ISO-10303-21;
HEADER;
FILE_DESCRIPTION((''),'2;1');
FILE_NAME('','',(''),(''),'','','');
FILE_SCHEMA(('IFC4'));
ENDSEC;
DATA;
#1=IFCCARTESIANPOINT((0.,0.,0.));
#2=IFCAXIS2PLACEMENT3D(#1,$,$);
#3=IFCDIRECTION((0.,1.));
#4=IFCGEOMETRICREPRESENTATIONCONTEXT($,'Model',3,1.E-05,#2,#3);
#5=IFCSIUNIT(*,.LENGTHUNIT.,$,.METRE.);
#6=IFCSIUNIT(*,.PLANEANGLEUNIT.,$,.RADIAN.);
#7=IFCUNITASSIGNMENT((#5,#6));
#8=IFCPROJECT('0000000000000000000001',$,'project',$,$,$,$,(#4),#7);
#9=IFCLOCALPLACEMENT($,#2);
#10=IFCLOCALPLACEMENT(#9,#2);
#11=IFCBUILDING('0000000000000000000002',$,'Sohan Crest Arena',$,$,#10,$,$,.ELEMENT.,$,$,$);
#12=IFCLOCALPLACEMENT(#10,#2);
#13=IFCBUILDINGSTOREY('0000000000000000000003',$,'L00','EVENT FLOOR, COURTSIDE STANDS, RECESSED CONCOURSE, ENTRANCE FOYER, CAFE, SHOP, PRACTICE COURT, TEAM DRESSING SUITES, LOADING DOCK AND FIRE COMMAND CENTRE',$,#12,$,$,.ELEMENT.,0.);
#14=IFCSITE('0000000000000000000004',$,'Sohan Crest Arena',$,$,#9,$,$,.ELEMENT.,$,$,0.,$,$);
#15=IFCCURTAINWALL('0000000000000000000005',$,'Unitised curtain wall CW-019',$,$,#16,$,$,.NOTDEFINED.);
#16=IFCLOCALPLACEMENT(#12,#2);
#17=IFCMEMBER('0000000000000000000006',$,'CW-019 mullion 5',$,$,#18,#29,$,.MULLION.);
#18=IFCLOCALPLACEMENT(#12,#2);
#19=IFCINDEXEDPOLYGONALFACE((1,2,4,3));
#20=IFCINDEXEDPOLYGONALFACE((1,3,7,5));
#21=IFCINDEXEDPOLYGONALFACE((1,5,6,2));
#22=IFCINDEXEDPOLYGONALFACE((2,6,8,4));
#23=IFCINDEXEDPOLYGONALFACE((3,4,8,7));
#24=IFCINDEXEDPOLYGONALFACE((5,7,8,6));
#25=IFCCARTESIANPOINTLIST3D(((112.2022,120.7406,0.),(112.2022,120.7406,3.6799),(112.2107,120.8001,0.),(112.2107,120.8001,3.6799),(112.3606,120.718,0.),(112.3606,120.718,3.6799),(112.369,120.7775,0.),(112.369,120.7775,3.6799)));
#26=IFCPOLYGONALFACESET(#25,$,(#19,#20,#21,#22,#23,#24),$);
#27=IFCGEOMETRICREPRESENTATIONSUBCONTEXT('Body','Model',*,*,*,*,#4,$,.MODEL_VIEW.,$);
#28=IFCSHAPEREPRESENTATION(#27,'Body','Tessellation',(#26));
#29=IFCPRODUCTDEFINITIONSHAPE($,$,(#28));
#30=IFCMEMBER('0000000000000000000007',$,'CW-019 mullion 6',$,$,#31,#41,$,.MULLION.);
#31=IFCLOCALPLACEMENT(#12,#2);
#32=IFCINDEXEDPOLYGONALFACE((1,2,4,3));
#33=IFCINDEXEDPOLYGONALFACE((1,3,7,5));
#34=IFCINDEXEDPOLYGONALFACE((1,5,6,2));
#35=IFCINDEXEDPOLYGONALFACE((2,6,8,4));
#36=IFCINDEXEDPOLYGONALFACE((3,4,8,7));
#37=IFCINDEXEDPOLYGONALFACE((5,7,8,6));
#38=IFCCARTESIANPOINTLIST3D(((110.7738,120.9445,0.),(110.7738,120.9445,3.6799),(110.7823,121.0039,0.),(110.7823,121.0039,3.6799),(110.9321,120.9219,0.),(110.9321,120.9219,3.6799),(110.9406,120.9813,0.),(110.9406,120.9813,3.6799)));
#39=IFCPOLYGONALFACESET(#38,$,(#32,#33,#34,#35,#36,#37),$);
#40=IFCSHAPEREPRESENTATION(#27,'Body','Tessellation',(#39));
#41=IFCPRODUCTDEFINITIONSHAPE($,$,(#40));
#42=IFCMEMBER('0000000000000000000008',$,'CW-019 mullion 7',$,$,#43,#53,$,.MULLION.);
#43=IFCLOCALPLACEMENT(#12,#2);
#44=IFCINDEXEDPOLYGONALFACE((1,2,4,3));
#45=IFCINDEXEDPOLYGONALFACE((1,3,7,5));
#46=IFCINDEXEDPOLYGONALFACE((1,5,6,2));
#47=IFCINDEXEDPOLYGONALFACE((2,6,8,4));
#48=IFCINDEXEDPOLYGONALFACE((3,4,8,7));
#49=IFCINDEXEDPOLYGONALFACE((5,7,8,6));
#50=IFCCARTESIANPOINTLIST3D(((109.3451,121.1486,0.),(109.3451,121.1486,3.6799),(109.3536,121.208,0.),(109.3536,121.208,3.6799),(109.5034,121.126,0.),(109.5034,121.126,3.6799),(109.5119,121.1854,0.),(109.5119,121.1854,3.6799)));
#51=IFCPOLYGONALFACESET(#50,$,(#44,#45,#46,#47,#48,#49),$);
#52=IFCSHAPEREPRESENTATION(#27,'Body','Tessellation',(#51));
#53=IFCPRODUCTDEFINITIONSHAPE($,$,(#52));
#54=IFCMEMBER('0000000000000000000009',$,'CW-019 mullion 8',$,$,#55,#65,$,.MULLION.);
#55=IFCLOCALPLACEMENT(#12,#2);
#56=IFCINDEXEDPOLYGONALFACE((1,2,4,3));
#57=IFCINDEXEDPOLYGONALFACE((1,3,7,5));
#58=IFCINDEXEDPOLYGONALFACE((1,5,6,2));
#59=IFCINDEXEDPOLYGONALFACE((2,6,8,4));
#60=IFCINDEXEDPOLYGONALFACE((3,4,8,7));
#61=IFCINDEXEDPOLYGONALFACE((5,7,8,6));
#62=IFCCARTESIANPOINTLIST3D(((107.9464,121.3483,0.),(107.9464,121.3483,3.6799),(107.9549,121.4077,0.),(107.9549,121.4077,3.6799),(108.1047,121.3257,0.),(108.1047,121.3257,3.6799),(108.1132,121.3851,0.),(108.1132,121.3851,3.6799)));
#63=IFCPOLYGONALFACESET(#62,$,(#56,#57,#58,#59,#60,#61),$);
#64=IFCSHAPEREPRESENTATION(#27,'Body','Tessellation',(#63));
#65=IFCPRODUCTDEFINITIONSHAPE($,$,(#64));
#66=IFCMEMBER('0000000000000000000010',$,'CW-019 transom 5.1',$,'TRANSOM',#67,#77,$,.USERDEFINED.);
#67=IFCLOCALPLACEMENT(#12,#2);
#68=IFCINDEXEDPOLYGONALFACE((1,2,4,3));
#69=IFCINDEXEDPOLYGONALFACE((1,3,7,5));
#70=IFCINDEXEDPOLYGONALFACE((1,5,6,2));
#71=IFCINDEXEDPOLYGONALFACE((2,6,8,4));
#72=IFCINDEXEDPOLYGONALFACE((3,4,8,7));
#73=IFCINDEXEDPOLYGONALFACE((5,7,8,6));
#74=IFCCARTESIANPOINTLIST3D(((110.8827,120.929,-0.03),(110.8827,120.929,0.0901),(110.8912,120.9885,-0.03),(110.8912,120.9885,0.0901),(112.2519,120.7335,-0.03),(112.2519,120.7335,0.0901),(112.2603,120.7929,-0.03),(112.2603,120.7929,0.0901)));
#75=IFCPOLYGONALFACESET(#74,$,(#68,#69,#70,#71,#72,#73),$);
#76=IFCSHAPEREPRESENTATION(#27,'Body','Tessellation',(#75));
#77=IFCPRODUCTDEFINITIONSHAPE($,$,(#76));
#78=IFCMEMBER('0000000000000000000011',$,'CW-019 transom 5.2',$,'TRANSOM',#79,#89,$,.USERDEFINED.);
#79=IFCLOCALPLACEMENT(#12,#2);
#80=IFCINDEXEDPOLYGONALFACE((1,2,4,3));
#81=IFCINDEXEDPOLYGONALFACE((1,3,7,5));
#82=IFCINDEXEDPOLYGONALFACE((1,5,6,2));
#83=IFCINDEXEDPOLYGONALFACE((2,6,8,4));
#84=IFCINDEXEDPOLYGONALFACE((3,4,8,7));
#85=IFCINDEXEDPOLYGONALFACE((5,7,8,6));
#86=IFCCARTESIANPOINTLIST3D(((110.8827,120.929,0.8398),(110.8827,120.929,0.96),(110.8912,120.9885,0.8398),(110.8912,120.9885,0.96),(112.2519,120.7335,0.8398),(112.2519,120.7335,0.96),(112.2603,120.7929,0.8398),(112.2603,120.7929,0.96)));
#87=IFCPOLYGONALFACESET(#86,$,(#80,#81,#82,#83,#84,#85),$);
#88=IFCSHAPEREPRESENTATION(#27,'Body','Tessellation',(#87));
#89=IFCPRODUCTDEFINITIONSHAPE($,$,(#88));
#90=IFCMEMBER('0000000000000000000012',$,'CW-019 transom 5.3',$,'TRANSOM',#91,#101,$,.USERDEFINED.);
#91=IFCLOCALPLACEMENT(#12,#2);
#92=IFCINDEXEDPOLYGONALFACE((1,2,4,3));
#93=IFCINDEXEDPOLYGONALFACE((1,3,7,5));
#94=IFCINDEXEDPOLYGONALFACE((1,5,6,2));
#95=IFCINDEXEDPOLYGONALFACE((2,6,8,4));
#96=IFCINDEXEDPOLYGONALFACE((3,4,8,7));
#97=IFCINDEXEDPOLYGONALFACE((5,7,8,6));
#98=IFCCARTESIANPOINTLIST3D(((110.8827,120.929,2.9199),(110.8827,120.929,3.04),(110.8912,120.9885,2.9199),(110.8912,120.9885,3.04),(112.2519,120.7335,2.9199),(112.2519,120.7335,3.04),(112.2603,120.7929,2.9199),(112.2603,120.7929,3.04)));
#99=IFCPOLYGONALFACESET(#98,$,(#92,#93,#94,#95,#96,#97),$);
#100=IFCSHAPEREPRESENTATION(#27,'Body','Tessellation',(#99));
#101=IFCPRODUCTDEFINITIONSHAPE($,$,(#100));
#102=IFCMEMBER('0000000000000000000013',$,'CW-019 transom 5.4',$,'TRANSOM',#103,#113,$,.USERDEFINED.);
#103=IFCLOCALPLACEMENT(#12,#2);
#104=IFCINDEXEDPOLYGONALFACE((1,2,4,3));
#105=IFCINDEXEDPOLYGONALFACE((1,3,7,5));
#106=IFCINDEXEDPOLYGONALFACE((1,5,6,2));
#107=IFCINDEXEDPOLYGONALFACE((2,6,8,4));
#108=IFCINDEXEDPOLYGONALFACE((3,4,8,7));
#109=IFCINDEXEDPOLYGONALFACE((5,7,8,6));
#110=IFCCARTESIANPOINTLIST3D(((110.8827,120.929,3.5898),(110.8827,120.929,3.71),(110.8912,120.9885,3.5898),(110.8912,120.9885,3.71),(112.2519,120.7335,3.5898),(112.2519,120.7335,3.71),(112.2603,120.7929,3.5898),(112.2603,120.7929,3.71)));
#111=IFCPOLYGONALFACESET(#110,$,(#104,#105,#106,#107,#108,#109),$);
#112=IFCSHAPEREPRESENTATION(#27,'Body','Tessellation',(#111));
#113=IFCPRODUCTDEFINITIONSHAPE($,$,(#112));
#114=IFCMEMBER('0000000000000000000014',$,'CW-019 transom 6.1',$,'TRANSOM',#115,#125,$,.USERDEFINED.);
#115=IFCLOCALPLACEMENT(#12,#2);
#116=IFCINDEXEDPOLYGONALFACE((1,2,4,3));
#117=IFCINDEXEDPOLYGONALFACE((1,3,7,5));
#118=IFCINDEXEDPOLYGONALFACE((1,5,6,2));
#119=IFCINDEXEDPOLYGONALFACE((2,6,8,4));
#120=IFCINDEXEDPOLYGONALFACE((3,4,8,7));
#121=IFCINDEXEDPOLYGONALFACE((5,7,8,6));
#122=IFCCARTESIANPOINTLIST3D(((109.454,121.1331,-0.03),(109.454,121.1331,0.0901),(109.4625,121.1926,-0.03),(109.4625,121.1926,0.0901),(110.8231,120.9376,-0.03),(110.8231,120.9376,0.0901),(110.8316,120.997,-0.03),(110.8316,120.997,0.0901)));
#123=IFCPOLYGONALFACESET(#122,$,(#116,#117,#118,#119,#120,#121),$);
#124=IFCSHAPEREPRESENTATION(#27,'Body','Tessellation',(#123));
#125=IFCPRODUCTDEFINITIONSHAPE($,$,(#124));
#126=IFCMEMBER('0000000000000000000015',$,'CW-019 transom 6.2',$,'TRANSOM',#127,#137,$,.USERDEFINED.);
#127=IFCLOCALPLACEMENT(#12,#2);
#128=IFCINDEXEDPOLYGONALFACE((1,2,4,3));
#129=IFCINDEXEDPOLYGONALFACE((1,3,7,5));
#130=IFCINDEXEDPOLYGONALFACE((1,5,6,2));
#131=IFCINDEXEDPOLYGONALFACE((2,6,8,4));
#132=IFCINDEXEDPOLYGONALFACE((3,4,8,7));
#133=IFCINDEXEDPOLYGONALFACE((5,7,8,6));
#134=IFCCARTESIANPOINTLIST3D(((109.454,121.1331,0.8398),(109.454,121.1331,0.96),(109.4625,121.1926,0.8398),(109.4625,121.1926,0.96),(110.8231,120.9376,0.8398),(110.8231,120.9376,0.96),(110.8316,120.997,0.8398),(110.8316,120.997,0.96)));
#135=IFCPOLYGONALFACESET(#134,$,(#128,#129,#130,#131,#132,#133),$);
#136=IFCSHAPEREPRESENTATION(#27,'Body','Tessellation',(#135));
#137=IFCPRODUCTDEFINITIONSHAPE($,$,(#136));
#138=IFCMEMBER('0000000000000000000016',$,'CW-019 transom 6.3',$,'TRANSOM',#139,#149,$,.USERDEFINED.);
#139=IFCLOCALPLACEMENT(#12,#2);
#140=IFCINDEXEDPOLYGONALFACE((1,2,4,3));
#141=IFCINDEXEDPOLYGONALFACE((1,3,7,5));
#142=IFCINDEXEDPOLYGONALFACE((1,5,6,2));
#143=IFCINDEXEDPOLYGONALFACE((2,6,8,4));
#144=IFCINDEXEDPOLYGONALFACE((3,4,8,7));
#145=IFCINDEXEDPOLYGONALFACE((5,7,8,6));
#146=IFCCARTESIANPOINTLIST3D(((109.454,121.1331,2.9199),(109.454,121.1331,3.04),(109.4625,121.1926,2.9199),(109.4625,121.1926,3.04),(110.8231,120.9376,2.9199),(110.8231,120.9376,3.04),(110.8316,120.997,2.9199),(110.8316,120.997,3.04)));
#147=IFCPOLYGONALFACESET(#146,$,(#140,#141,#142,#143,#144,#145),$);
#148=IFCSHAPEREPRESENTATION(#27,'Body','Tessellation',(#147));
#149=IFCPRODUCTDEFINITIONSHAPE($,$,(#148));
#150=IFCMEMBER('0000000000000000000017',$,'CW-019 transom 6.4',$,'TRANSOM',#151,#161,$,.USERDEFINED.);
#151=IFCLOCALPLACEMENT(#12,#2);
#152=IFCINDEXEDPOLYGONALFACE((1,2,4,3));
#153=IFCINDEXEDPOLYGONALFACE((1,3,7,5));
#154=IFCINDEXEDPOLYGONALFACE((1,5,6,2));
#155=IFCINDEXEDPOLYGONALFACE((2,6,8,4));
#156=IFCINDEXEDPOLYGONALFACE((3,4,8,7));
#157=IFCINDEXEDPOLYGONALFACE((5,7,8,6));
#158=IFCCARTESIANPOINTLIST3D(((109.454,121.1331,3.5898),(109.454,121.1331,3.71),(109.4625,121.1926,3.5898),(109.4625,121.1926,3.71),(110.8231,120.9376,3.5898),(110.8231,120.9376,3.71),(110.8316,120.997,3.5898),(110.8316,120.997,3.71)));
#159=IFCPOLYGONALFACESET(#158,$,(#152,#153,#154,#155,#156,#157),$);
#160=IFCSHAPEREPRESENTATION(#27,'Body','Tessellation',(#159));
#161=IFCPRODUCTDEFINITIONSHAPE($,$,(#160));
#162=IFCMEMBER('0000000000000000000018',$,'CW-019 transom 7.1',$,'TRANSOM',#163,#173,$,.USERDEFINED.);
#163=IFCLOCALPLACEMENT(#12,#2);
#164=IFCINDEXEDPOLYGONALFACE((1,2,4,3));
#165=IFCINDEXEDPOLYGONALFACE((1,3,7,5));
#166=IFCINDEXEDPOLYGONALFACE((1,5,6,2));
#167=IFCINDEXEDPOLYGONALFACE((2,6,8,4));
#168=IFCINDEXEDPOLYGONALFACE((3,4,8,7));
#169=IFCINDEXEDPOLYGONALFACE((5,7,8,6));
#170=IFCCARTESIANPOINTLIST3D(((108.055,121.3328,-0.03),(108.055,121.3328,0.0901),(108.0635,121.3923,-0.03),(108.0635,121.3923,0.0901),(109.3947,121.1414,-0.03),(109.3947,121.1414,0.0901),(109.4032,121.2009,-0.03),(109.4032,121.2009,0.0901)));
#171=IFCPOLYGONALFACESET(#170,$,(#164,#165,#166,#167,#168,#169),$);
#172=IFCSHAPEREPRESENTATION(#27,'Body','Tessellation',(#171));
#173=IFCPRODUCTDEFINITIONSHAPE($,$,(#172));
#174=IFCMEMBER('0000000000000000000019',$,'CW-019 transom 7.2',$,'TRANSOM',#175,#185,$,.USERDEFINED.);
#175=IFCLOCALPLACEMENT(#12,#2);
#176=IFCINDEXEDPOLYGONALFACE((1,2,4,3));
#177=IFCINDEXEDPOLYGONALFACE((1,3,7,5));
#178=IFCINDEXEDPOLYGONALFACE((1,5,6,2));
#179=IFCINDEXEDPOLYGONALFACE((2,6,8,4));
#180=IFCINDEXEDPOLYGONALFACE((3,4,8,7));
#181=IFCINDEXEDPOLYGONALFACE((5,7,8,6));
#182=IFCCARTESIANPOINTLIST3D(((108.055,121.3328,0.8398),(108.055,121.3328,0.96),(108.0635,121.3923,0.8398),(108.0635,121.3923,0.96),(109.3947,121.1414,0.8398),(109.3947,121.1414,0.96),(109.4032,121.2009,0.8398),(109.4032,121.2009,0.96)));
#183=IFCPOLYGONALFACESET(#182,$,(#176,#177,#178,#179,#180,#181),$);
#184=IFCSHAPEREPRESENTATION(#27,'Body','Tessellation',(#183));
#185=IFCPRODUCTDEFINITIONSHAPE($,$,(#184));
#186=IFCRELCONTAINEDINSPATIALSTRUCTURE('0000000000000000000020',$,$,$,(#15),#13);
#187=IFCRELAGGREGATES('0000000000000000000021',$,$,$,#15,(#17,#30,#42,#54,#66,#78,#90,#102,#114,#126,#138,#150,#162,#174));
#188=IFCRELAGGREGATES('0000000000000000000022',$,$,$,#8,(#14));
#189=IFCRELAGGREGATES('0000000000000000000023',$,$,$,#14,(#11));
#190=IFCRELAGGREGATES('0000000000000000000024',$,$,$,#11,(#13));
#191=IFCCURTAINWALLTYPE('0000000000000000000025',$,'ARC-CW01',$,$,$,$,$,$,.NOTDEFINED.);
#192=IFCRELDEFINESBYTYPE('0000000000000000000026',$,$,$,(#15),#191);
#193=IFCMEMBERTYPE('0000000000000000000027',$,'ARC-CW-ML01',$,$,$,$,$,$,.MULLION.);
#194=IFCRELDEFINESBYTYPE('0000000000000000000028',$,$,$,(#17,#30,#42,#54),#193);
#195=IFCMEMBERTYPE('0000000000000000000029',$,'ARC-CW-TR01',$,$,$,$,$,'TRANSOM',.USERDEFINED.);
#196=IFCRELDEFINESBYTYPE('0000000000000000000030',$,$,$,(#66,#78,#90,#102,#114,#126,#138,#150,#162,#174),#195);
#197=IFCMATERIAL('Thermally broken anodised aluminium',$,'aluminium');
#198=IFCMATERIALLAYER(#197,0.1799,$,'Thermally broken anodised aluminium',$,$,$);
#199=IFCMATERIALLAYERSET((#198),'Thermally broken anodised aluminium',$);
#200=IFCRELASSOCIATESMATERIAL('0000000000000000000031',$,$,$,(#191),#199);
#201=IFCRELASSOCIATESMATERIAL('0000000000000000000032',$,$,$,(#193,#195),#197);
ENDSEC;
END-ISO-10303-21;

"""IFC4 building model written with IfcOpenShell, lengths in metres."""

from ifc_helpers import new_model, si_unit, direction, frame, origin, origin_2d, place, context, subcontext, project, spatial, rectangle, extrude, material, layer, layer_set, material_profile, profile_set, type_object, element, aggregate, save


model = new_model("IFC4")

# Units and contexts
model_context = context("Model", 3, precision=1e-05, world=origin(), true_north=direction((0.0, 1.0)))
body_context = subcontext(model_context, "Body", "Model", "MODEL_VIEW")
ifc_project = project(units=[si_unit("LENGTHUNIT", "METRE"), si_unit("PLANEANGLEUNIT", "RADIAN")], contexts=[model_context])

# Site, building, storey
site_placement = place(None, origin())
site = spatial("IfcSite", under=ifc_project, at=site_placement, Name="Sohan Crest Arena", CompositionType="ELEMENT", RefElevation=0.0)
building_placement = place(site_placement, origin())
building = spatial("IfcBuilding", under=site, at=building_placement, Name="Sohan Crest Arena", CompositionType="ELEMENT")
storey_placement = place(building_placement, origin())
storey = spatial("IfcBuildingStorey", under=building, at=storey_placement, Name="L00", Description="EVENT FLOOR, COURTSIDE STANDS, RECESSED CONCOURSE, ENTRANCE FOYER, CAFE, SHOP, PRACTICE COURT, TEAM DRESSING SUITES, LOADING DOCK AND FIRE COMMAND CENTRE", CompositionType="ELEMENT", Elevation=0.0)

# Curtain wall, members
ifc_material_1 = material(Name="Thermally broken anodised aluminium", Category="aluminium")
ifc_layer_1 = layer(ifc_material_1, 0.1799, Name="Thermally broken anodised aluminium")
ifc_layer_set_1 = layer_set([ifc_layer_1], Name="Thermally broken anodised aluminium")
curtain_wall_type = type_object("IfcCurtainWallType", Name="ARC-CW01", PredefinedType="NOTDEFINED", material=ifc_layer_set_1)
curtain_wall_placement = place(storey_placement, origin())
curtain_wall = element("IfcCurtainWall", 1, at=curtain_wall_placement, inside=storey, type_object=curtain_wall_type, Name="Unitised curtain wall CW-019", PredefinedType="NOTDEFINED")
ifc_material_profile_1 = material_profile(ifc_material_1, rectangle(XDim=0.0601, YDim=0.1599, at=origin_2d()), Name="ALU-MULL 60x160")
ifc_profile_set_1 = profile_set([ifc_material_profile_1], Name="Thermally broken anodised aluminium")
member_type_1 = type_object("IfcMemberType", Name="ARC-CW-ML01", PredefinedType="MULLION", material=ifc_profile_set_1)
member_1_placement = place(storey_placement, frame((112.2856, 120.759, 0.0), z_axis=(0.0, 0.0, 1.0), x_axis=(-0.141366, -0.989957, 0.0)))
member_1 = element("IfcMember", 2, at=member_1_placement, type_object=member_type_1, Name="CW-019 mullion 5", PredefinedType="MULLION", context=body_context, shape_type="SweptSolid", body=[
    extrude(rectangle(XDim=0.0601, YDim=0.1599, at=origin_2d()), origin(), (0.0, 0.0, 1.0), 3.6799),
])
member_2_placement = place(storey_placement, frame((110.8572, 120.9629, 0.0), z_axis=(0.0, 0.0, 1.0), x_axis=(-0.141366, -0.989957, 0.0)))
member_2 = element("IfcMember", 3, at=member_2_placement, type_object=member_type_1, Name="CW-019 mullion 6", PredefinedType="MULLION", context=body_context, shape_type="SweptSolid", body=[
    extrude(rectangle(XDim=0.0601, YDim=0.1599, at=origin_2d()), origin(), (0.0, 0.0, 1.0), 3.6799),
])
member_3_placement = place(storey_placement, frame((109.4285, 121.167, 0.0), z_axis=(0.0, 0.0, 1.0), x_axis=(-0.141366, -0.989957, 0.0)))
member_3 = element("IfcMember", 4, at=member_3_placement, type_object=member_type_1, Name="CW-019 mullion 7", PredefinedType="MULLION", context=body_context, shape_type="SweptSolid", body=[
    extrude(rectangle(XDim=0.0601, YDim=0.1599, at=origin_2d()), origin(), (0.0, 0.0, 1.0), 3.6799),
])
member_4_placement = place(storey_placement, frame((108.0298, 121.3667, 0.0), z_axis=(0.0, 0.0, 1.0), x_axis=(-0.141366, -0.989957, 0.0)))
member_4 = element("IfcMember", 5, at=member_4_placement, type_object=member_type_1, Name="CW-019 mullion 8", PredefinedType="MULLION", context=body_context, shape_type="SweptSolid", body=[
    extrude(rectangle(XDim=0.0601, YDim=0.1599, at=origin_2d()), origin(), (0.0, 0.0, 1.0), 3.6799),
])
ifc_material_profile_2 = material_profile(ifc_material_1, rectangle(XDim=0.0601, YDim=0.1201, at=origin_2d()), Name="ALU-TRAN 60x120")
ifc_profile_set_2 = profile_set([ifc_material_profile_2], Name="Thermally broken anodised aluminium")
member_type_2 = type_object("IfcMemberType", Name="ARC-CW-TR01", ElementType="TRANSOM", PredefinedType="USERDEFINED", material=ifc_profile_set_2)
member_5_placement = place(storey_placement, frame((112.2561, 120.7632, 0.03), z_axis=(-0.989953, 0.141397, 0.0), x_axis=(-0.141397, -0.989953, 0.0)))
member_5 = element("IfcMember", 6, at=member_5_placement, type_object=member_type_2, Name="CW-019 transom 5.1", ObjectType="TRANSOM", PredefinedType="USERDEFINED", context=body_context, shape_type="SweptSolid", body=[
    extrude(rectangle(XDim=0.0601, YDim=0.1201, at=origin_2d()), origin(), (0.0, 0.0, 1.0), 1.3831),
])
member_6_placement = place(storey_placement, frame((112.2561, 120.7632, 0.8999), z_axis=(-0.989953, 0.141397, 0.0), x_axis=(-0.141397, -0.989953, 0.0)))
member_6 = element("IfcMember", 7, at=member_6_placement, type_object=member_type_2, Name="CW-019 transom 5.2", ObjectType="TRANSOM", PredefinedType="USERDEFINED", context=body_context, shape_type="SweptSolid", body=[
    extrude(rectangle(XDim=0.0601, YDim=0.1201, at=origin_2d()), origin(), (0.0, 0.0, 1.0), 1.3831),
])
member_7_placement = place(storey_placement, frame((112.2561, 120.7632, 2.98), z_axis=(-0.989953, 0.141397, 0.0), x_axis=(-0.141397, -0.989953, 0.0)))
member_7 = element("IfcMember", 8, at=member_7_placement, type_object=member_type_2, Name="CW-019 transom 5.3", ObjectType="TRANSOM", PredefinedType="USERDEFINED", context=body_context, shape_type="SweptSolid", body=[
    extrude(rectangle(XDim=0.0601, YDim=0.1201, at=origin_2d()), origin(), (0.0, 0.0, 1.0), 1.3831),
])
member_8_placement = place(storey_placement, frame((112.2561, 120.7632, 3.6499), z_axis=(-0.989953, 0.141397, 0.0), x_axis=(-0.141397, -0.989953, 0.0)))
member_8 = element("IfcMember", 9, at=member_8_placement, type_object=member_type_2, Name="CW-019 transom 5.4", ObjectType="TRANSOM", PredefinedType="USERDEFINED", context=body_context, shape_type="SweptSolid", body=[
    extrude(rectangle(XDim=0.0601, YDim=0.1201, at=origin_2d()), origin(), (0.0, 0.0, 1.0), 1.3831),
])
member_9_placement = place(storey_placement, frame((110.8274, 120.9673, 0.03), z_axis=(-0.989953, 0.141397, 0.0), x_axis=(-0.141397, -0.989953, 0.0)))
member_9 = element("IfcMember", 10, at=member_9_placement, type_object=member_type_2, Name="CW-019 transom 6.1", ObjectType="TRANSOM", PredefinedType="USERDEFINED", context=body_context, shape_type="SweptSolid", body=[
    extrude(rectangle(XDim=0.0601, YDim=0.1201, at=origin_2d()), origin(), (0.0, 0.0, 1.0), 1.3831),
])
member_10_placement = place(storey_placement, frame((110.8274, 120.9673, 0.8999), z_axis=(-0.989953, 0.141397, 0.0), x_axis=(-0.141397, -0.989953, 0.0)))
member_10 = element("IfcMember", 11, at=member_10_placement, type_object=member_type_2, Name="CW-019 transom 6.2", ObjectType="TRANSOM", PredefinedType="USERDEFINED", context=body_context, shape_type="SweptSolid", body=[
    extrude(rectangle(XDim=0.0601, YDim=0.1201, at=origin_2d()), origin(), (0.0, 0.0, 1.0), 1.3831),
])
member_11_placement = place(storey_placement, frame((110.8274, 120.9673, 2.98), z_axis=(-0.989953, 0.141397, 0.0), x_axis=(-0.141397, -0.989953, 0.0)))
member_11 = element("IfcMember", 12, at=member_11_placement, type_object=member_type_2, Name="CW-019 transom 6.3", ObjectType="TRANSOM", PredefinedType="USERDEFINED", context=body_context, shape_type="SweptSolid", body=[
    extrude(rectangle(XDim=0.0601, YDim=0.1201, at=origin_2d()), origin(), (0.0, 0.0, 1.0), 1.3831),
])
member_12_placement = place(storey_placement, frame((110.8274, 120.9673, 3.6499), z_axis=(-0.989953, 0.141397, 0.0), x_axis=(-0.141397, -0.989953, 0.0)))
member_12 = element("IfcMember", 13, at=member_12_placement, type_object=member_type_2, Name="CW-019 transom 6.4", ObjectType="TRANSOM", PredefinedType="USERDEFINED", context=body_context, shape_type="SweptSolid", body=[
    extrude(rectangle(XDim=0.0601, YDim=0.1201, at=origin_2d()), origin(), (0.0, 0.0, 1.0), 1.3831),
])
member_13_placement = place(storey_placement, frame((109.3989, 121.1711, 0.03), z_axis=(-0.989946, 0.141447, 0.0), x_axis=(-0.141447, -0.989946, 0.0)))
member_13 = element("IfcMember", 14, at=member_13_placement, type_object=member_type_2, Name="CW-019 transom 7.1", ObjectType="TRANSOM", PredefinedType="USERDEFINED", context=body_context, shape_type="SweptSolid", body=[
    extrude(rectangle(XDim=0.0601, YDim=0.1201, at=origin_2d()), origin(), (0.0, 0.0, 1.0), 1.3533),
])
member_14_placement = place(storey_placement, frame((109.3989, 121.1711, 0.8999), z_axis=(-0.989946, 0.141447, 0.0), x_axis=(-0.141447, -0.989946, 0.0)))
member_14 = element("IfcMember", 15, at=member_14_placement, type_object=member_type_2, Name="CW-019 transom 7.2", ObjectType="TRANSOM", PredefinedType="USERDEFINED", context=body_context, shape_type="SweptSolid", body=[
    extrude(rectangle(XDim=0.0601, YDim=0.1201, at=origin_2d()), origin(), (0.0, 0.0, 1.0), 1.3533),
])

aggregate(curtain_wall, [member_1, member_2, member_3, member_4, member_5, member_6, member_7, member_8, member_9, member_10, member_11, member_12, member_13, member_14])

save(model, "model.ifc")
